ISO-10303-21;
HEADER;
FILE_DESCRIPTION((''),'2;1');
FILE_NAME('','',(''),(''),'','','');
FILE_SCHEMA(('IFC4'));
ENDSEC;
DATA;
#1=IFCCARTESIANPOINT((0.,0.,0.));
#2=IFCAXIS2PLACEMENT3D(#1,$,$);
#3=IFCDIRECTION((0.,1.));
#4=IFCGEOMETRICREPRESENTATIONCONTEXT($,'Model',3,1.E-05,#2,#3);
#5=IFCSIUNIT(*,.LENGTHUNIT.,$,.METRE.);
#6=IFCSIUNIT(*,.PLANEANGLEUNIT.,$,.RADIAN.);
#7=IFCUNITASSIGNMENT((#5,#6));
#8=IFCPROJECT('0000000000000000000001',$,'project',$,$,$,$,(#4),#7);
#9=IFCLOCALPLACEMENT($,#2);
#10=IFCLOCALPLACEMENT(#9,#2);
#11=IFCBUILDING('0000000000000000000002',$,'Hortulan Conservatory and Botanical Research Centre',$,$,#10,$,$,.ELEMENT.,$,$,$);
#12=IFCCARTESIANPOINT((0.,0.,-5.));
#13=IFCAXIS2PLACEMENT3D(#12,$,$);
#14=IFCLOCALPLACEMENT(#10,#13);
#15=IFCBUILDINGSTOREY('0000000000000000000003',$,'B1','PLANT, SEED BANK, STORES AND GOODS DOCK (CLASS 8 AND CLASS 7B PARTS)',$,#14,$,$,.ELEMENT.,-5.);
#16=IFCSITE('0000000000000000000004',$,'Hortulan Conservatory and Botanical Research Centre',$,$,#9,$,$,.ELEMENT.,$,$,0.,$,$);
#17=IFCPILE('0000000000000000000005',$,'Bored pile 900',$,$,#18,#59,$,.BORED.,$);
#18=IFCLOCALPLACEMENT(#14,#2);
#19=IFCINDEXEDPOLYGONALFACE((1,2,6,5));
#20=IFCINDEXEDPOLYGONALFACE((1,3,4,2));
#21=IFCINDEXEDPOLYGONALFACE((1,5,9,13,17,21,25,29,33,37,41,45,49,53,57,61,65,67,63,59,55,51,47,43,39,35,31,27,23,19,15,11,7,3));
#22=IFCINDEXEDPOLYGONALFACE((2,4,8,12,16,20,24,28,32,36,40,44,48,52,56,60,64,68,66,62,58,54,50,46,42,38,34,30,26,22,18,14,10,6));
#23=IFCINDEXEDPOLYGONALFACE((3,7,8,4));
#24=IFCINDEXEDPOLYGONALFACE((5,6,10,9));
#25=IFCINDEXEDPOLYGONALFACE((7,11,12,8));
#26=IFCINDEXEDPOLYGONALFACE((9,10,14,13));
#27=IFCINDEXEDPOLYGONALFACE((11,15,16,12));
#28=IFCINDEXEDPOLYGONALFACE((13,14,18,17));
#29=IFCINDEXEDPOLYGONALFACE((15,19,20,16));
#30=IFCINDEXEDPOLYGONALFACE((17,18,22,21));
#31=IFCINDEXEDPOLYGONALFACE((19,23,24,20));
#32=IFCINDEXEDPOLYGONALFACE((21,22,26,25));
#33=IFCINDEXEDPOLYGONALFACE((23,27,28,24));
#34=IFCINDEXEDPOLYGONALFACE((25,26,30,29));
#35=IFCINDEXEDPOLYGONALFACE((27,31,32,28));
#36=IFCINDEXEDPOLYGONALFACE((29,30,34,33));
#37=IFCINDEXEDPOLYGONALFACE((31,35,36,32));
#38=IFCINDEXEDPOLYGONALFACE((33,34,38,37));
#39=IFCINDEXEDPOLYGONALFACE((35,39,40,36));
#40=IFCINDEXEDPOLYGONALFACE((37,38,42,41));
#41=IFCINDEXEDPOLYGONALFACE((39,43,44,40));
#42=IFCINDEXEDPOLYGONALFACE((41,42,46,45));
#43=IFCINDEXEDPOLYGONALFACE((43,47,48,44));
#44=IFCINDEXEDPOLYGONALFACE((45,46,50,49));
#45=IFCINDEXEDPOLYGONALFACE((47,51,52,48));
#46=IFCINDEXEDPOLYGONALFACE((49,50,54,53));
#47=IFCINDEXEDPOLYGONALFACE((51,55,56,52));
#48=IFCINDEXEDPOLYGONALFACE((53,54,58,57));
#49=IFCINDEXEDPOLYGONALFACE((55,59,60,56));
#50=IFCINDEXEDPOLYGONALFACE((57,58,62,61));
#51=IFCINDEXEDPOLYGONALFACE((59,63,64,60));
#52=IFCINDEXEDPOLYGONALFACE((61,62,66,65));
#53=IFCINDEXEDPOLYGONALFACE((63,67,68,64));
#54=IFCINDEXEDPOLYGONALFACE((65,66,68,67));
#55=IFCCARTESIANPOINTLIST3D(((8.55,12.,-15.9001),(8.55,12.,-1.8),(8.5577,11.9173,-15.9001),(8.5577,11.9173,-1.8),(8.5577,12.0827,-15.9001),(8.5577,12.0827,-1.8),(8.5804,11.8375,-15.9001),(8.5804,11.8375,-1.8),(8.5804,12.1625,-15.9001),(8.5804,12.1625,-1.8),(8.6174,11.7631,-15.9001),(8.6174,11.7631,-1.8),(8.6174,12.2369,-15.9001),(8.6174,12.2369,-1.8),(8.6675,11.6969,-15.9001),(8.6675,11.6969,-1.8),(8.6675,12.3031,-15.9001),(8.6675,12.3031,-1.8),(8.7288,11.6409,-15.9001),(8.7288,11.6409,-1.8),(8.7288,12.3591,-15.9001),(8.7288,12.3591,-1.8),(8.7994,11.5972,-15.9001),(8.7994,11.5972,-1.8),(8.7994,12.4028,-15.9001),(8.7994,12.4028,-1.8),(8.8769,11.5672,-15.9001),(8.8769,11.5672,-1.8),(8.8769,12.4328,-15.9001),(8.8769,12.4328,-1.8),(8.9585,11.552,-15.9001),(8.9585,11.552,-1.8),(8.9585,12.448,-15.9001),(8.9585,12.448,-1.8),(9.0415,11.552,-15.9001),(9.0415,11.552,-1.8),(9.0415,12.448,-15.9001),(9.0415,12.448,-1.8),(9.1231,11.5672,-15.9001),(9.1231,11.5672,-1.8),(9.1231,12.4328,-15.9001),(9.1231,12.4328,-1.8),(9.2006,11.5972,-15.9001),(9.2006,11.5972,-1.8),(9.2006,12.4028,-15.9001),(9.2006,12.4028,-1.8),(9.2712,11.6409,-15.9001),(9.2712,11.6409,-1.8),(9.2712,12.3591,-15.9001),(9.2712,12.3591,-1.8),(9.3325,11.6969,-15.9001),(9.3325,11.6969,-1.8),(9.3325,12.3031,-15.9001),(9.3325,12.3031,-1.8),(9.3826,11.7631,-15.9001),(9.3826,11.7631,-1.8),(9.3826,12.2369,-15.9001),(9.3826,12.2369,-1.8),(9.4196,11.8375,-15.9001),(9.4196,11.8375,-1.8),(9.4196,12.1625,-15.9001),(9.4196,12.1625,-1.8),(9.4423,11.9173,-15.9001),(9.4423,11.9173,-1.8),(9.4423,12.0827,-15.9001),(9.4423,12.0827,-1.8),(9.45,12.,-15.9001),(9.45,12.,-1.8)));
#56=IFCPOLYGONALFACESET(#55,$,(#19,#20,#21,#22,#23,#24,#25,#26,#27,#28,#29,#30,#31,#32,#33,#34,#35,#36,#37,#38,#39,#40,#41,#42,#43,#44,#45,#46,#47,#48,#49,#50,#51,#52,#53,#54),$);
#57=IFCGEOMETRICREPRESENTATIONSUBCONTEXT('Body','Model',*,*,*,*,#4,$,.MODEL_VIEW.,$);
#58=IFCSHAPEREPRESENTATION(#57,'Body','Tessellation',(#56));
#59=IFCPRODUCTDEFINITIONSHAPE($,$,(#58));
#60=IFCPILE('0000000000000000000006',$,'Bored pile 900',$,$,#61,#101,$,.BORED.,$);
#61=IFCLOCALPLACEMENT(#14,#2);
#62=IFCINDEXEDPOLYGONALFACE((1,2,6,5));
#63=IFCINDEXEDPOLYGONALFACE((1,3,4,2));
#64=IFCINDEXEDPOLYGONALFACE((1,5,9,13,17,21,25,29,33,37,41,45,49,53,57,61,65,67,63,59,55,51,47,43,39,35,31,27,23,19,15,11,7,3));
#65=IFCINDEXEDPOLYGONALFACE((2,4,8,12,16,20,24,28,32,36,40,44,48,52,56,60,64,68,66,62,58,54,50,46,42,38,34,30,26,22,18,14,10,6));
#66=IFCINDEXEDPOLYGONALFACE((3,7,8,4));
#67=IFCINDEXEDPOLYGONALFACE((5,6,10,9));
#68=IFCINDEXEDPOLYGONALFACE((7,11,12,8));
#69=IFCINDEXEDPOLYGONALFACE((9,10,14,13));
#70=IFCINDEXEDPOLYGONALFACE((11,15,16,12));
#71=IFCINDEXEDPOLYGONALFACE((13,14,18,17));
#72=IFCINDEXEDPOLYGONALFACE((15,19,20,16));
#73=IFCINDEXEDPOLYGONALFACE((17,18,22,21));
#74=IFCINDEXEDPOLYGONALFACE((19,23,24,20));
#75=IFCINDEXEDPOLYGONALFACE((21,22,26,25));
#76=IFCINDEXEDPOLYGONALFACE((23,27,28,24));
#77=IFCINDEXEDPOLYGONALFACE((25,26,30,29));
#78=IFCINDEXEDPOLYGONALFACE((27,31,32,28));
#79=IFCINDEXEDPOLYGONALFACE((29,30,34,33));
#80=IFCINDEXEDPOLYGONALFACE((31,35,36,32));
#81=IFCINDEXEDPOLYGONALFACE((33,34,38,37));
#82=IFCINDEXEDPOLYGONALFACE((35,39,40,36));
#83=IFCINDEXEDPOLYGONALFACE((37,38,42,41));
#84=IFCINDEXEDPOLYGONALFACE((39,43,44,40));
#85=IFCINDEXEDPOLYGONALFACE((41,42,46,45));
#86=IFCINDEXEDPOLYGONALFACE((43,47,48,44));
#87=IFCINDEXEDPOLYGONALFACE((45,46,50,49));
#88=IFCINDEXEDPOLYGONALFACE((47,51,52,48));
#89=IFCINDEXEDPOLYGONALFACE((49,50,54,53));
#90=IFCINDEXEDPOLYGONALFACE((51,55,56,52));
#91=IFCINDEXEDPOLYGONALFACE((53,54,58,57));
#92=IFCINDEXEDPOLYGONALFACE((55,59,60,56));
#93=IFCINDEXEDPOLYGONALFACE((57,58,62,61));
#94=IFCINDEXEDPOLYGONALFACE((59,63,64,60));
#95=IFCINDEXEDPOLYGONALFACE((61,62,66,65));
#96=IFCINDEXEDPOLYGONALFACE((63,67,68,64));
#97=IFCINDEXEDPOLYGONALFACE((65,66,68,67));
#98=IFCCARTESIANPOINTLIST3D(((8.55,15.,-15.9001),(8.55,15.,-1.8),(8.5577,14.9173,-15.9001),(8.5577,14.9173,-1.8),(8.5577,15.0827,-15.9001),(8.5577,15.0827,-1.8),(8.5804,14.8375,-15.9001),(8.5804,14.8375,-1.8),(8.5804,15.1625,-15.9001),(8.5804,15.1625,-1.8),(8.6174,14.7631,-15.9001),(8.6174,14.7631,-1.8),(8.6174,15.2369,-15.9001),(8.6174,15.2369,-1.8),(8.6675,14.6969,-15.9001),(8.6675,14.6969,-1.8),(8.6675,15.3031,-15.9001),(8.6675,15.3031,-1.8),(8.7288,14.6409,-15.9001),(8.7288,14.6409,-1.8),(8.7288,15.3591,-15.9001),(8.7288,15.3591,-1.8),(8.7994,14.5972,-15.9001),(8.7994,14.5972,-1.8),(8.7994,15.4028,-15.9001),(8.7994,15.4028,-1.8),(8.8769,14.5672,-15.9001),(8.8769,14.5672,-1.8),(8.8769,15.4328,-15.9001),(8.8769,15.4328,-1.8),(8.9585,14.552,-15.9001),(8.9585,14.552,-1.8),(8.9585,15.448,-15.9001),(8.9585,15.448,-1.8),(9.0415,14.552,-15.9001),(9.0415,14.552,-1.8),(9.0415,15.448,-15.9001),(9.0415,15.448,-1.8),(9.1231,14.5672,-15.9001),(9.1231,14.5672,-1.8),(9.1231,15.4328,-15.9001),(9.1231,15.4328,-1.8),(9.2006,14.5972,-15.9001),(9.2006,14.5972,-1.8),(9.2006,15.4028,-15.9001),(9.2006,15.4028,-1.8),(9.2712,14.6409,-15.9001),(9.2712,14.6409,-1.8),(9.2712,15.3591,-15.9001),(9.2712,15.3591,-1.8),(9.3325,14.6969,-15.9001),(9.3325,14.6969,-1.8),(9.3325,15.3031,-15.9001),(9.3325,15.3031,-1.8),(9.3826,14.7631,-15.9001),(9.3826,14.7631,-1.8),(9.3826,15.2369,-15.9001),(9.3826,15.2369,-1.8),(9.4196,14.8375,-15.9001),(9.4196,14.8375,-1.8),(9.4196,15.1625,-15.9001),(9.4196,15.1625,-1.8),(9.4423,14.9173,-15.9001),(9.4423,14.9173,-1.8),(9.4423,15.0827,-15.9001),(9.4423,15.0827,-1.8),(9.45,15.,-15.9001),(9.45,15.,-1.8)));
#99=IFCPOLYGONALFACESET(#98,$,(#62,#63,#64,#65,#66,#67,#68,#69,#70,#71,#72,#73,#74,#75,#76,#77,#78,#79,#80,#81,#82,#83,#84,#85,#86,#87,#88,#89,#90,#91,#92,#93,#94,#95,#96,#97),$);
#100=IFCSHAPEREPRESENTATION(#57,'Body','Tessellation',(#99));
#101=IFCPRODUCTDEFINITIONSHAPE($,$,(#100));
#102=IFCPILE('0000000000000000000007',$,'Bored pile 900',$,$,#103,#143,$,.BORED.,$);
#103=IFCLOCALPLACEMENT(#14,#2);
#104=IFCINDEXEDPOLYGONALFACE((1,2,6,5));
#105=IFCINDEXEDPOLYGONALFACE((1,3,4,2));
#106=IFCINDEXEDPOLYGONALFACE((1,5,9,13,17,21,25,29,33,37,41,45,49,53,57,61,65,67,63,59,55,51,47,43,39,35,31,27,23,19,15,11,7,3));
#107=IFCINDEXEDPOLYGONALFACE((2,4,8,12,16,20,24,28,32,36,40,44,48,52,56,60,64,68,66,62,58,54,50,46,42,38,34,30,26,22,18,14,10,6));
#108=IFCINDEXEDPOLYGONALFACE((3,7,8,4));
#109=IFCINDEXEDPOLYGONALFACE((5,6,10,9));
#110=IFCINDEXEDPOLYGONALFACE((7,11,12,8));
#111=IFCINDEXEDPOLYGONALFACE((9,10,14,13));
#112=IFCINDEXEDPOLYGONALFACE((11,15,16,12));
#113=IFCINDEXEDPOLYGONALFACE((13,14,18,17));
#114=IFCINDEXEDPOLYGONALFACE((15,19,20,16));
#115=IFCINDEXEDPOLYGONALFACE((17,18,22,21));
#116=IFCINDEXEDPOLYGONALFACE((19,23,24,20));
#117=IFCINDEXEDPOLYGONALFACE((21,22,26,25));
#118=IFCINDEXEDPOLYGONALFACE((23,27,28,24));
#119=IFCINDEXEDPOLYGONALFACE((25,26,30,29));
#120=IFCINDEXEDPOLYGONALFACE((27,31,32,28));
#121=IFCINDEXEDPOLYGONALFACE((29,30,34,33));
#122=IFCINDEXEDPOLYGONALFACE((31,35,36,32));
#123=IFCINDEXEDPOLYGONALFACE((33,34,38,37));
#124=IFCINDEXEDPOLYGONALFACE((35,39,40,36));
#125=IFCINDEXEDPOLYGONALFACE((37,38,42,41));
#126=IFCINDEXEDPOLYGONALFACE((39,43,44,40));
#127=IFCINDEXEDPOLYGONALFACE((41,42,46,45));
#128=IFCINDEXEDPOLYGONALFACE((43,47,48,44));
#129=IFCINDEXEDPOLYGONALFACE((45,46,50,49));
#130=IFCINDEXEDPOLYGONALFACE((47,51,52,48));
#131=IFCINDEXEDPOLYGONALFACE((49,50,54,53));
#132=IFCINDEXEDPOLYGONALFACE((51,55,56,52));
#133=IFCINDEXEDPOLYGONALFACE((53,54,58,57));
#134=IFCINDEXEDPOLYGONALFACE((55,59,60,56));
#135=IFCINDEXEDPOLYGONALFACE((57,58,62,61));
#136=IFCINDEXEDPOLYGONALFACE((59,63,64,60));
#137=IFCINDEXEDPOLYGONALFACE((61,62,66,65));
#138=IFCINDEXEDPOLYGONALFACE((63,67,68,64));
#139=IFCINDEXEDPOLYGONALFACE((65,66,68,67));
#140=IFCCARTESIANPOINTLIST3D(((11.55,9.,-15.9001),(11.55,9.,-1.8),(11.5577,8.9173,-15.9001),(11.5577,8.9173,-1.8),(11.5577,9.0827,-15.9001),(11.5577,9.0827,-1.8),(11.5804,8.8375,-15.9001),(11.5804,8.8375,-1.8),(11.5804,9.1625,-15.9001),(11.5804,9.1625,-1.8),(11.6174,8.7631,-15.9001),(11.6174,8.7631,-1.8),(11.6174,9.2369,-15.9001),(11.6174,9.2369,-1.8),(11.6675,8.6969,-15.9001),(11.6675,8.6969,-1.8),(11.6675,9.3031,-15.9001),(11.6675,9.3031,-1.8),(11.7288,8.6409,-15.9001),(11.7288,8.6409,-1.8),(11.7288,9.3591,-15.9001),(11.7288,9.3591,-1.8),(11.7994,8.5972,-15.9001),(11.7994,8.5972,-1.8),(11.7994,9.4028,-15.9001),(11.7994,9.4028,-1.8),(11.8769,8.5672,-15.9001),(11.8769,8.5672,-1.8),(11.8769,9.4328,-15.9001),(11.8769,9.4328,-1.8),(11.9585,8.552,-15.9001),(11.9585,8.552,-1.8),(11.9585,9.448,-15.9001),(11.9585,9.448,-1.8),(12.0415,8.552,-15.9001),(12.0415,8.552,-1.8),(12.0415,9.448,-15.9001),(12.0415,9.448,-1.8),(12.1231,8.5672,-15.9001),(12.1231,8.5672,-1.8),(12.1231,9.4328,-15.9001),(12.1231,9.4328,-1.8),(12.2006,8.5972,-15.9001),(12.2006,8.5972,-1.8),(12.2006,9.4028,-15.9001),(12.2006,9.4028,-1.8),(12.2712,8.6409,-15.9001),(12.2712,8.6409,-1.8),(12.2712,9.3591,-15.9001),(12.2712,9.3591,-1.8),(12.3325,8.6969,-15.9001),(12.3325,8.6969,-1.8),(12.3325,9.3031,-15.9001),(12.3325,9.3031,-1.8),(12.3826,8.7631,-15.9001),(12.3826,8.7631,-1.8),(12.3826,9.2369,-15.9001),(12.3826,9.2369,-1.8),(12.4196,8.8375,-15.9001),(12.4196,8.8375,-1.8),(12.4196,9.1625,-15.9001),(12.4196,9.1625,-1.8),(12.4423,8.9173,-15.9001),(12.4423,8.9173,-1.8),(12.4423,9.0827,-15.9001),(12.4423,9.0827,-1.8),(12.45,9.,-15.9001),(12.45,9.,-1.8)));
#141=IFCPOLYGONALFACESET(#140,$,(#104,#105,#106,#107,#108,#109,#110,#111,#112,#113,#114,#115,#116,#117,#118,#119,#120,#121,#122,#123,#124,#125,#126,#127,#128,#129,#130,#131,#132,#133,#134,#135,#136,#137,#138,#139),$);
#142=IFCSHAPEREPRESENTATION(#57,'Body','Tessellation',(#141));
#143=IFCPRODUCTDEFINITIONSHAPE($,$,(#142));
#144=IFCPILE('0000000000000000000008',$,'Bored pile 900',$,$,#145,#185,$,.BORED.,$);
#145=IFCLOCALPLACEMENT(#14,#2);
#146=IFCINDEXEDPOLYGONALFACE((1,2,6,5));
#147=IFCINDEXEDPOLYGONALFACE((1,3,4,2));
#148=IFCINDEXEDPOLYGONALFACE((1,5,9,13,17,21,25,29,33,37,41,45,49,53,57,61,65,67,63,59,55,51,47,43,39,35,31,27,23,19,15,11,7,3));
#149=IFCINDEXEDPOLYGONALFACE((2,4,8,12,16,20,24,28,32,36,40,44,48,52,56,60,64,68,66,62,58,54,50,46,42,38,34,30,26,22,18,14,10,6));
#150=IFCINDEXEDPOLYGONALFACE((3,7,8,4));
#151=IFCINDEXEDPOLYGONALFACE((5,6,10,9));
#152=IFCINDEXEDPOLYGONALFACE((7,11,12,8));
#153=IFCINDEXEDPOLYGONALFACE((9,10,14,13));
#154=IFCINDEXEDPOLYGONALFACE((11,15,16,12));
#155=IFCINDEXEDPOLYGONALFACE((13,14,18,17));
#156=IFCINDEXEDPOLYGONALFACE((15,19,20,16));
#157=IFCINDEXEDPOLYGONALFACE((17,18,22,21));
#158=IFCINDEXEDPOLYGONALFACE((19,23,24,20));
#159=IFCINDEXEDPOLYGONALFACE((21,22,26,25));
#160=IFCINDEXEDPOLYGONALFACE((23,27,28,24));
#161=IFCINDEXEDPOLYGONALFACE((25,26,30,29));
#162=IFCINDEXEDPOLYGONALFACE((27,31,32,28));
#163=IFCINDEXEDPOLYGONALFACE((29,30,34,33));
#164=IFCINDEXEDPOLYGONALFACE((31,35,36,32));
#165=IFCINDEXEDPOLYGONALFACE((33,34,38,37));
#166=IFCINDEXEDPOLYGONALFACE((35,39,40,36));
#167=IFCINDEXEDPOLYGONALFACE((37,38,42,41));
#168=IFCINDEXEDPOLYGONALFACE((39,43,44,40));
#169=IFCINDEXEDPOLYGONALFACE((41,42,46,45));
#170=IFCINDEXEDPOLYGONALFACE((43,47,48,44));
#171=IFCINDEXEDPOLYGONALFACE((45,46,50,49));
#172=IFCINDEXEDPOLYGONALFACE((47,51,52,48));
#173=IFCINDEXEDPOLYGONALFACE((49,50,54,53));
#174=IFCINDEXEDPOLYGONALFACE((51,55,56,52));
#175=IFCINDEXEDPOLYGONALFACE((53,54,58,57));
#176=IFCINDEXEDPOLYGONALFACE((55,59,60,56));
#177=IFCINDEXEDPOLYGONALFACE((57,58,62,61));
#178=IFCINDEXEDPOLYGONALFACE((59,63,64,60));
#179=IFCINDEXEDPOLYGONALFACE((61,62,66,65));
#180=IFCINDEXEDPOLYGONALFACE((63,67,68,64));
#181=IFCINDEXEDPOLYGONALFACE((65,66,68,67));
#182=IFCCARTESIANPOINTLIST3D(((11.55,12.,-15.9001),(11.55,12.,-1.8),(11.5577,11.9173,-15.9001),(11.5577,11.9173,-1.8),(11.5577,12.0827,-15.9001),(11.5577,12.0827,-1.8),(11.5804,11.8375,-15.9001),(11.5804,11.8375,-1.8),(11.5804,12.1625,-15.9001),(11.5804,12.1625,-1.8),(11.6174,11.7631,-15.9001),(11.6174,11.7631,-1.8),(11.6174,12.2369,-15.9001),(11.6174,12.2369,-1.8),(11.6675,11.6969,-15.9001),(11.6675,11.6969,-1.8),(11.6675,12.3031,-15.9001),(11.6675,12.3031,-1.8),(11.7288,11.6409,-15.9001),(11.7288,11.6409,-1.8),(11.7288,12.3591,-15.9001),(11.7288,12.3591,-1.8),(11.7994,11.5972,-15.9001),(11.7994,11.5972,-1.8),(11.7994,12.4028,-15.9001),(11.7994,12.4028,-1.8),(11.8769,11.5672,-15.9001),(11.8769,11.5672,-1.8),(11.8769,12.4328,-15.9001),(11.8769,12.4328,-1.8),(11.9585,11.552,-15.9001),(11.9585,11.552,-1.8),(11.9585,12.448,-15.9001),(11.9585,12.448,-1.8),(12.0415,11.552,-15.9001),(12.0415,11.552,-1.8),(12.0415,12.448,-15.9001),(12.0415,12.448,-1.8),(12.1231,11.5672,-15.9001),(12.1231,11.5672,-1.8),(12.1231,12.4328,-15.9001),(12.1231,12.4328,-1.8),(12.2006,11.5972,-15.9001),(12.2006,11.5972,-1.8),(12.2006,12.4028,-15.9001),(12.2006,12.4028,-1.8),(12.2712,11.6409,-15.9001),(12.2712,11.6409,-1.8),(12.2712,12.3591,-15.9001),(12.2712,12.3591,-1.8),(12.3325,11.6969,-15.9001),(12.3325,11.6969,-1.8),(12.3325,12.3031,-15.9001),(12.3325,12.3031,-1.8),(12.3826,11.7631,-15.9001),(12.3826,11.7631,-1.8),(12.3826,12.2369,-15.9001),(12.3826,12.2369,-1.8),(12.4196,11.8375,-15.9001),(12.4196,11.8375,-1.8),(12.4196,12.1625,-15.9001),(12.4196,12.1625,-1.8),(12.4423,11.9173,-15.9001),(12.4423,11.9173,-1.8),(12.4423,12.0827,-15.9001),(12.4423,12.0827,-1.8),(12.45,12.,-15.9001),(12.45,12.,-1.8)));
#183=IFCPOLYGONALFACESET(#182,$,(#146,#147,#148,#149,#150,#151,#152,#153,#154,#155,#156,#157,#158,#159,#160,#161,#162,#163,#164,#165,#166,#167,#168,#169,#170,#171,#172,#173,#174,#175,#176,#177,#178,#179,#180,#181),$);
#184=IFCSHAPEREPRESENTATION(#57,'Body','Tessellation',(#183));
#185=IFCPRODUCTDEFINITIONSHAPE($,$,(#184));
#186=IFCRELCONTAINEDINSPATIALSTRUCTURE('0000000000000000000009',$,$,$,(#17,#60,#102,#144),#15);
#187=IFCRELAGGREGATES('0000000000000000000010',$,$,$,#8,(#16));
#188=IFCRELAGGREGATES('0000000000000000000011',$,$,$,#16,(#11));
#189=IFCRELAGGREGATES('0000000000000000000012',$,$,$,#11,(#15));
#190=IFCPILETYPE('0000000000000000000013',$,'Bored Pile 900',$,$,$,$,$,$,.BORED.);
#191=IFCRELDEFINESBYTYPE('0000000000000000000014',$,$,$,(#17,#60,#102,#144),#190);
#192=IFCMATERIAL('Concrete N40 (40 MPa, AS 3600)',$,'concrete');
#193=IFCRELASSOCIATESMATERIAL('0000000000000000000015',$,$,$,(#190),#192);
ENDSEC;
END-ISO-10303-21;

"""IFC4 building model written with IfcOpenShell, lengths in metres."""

from ifc_helpers import new_model, si_unit, direction, frame, origin, origin_2d, place, context, subcontext, project, spatial, circle, extrude, material, material_profile, profile_set, type_object, element, save


model = new_model("IFC4")

# Units and contexts
model_context = context("Model", 3, precision=1e-05, world=origin(), true_north=direction((0.0, 1.0)))
body_context = subcontext(model_context, "Body", "Model", "MODEL_VIEW")
ifc_project = project(units=[si_unit("LENGTHUNIT", "METRE"), si_unit("PLANEANGLEUNIT", "RADIAN")], contexts=[model_context])

# Site, building, storey
site_placement = place(None, origin())
site = spatial("IfcSite", under=ifc_project, at=site_placement, Name="Hortulan Conservatory and Botanical Research Centre", CompositionType="ELEMENT", RefElevation=0.0)
building_placement = place(site_placement, origin())
building = spatial("IfcBuilding", under=site, at=building_placement, Name="Hortulan Conservatory and Botanical Research Centre", CompositionType="ELEMENT")
storey_placement = place(building_placement, frame((0.0, 0.0, -5.0)))
storey = spatial("IfcBuildingStorey", under=building, at=storey_placement, Name="B1", Description="PLANT, SEED BANK, STORES AND GOODS DOCK (CLASS 8 AND CLASS 7B PARTS)", CompositionType="ELEMENT", Elevation=-5.0)

# Piles
ifc_material_1 = material(Name="Concrete N40 (40 MPa, AS 3600)", Category="concrete")
ifc_material_profile = material_profile(ifc_material_1, circle(Radius=0.45, at=origin_2d()), Name="Bored pile 900 diameter")
ifc_profile_set = profile_set([ifc_material_profile], Name="Concrete N40 (40 MPa, AS 3600)")
pile_type = type_object("IfcPileType", Name="Bored Pile 900", PredefinedType="BORED", material=ifc_profile_set)
for number, where, z_axis, x_axis, name in (
    (1, (9.0, 12.0, -1.8), (0.0, 0.0, -1.0), (1.0, 0.0, 0.0), "Bored pile 900"),
    (2, (9.0, 15.0, -1.8), (0.0, 0.0, -1.0), (1.0, 0.0, 0.0), "Bored pile 900"),
    (3, (12.0, 9.0, -1.8), (0.0, 0.0, -1.0), (1.0, 0.0, 0.0), "Bored pile 900"),
    (4, (12.0, 12.0, -1.8), (0.0, 0.0, -1.0), (1.0, 0.0, 0.0), "Bored pile 900"),
):
    element("IfcPile", number, at=place(storey_placement, frame(where, z_axis=z_axis, x_axis=x_axis)), inside=storey, type_object=pile_type, Name=name, PredefinedType="BORED", context=body_context, shape_type="SweptSolid", body=[
        extrude(circle(Radius=0.45, at=origin_2d()), origin(), (0.0, 0.0, 1.0), 14.1001),
    ])

save(model, "model.ifc")
